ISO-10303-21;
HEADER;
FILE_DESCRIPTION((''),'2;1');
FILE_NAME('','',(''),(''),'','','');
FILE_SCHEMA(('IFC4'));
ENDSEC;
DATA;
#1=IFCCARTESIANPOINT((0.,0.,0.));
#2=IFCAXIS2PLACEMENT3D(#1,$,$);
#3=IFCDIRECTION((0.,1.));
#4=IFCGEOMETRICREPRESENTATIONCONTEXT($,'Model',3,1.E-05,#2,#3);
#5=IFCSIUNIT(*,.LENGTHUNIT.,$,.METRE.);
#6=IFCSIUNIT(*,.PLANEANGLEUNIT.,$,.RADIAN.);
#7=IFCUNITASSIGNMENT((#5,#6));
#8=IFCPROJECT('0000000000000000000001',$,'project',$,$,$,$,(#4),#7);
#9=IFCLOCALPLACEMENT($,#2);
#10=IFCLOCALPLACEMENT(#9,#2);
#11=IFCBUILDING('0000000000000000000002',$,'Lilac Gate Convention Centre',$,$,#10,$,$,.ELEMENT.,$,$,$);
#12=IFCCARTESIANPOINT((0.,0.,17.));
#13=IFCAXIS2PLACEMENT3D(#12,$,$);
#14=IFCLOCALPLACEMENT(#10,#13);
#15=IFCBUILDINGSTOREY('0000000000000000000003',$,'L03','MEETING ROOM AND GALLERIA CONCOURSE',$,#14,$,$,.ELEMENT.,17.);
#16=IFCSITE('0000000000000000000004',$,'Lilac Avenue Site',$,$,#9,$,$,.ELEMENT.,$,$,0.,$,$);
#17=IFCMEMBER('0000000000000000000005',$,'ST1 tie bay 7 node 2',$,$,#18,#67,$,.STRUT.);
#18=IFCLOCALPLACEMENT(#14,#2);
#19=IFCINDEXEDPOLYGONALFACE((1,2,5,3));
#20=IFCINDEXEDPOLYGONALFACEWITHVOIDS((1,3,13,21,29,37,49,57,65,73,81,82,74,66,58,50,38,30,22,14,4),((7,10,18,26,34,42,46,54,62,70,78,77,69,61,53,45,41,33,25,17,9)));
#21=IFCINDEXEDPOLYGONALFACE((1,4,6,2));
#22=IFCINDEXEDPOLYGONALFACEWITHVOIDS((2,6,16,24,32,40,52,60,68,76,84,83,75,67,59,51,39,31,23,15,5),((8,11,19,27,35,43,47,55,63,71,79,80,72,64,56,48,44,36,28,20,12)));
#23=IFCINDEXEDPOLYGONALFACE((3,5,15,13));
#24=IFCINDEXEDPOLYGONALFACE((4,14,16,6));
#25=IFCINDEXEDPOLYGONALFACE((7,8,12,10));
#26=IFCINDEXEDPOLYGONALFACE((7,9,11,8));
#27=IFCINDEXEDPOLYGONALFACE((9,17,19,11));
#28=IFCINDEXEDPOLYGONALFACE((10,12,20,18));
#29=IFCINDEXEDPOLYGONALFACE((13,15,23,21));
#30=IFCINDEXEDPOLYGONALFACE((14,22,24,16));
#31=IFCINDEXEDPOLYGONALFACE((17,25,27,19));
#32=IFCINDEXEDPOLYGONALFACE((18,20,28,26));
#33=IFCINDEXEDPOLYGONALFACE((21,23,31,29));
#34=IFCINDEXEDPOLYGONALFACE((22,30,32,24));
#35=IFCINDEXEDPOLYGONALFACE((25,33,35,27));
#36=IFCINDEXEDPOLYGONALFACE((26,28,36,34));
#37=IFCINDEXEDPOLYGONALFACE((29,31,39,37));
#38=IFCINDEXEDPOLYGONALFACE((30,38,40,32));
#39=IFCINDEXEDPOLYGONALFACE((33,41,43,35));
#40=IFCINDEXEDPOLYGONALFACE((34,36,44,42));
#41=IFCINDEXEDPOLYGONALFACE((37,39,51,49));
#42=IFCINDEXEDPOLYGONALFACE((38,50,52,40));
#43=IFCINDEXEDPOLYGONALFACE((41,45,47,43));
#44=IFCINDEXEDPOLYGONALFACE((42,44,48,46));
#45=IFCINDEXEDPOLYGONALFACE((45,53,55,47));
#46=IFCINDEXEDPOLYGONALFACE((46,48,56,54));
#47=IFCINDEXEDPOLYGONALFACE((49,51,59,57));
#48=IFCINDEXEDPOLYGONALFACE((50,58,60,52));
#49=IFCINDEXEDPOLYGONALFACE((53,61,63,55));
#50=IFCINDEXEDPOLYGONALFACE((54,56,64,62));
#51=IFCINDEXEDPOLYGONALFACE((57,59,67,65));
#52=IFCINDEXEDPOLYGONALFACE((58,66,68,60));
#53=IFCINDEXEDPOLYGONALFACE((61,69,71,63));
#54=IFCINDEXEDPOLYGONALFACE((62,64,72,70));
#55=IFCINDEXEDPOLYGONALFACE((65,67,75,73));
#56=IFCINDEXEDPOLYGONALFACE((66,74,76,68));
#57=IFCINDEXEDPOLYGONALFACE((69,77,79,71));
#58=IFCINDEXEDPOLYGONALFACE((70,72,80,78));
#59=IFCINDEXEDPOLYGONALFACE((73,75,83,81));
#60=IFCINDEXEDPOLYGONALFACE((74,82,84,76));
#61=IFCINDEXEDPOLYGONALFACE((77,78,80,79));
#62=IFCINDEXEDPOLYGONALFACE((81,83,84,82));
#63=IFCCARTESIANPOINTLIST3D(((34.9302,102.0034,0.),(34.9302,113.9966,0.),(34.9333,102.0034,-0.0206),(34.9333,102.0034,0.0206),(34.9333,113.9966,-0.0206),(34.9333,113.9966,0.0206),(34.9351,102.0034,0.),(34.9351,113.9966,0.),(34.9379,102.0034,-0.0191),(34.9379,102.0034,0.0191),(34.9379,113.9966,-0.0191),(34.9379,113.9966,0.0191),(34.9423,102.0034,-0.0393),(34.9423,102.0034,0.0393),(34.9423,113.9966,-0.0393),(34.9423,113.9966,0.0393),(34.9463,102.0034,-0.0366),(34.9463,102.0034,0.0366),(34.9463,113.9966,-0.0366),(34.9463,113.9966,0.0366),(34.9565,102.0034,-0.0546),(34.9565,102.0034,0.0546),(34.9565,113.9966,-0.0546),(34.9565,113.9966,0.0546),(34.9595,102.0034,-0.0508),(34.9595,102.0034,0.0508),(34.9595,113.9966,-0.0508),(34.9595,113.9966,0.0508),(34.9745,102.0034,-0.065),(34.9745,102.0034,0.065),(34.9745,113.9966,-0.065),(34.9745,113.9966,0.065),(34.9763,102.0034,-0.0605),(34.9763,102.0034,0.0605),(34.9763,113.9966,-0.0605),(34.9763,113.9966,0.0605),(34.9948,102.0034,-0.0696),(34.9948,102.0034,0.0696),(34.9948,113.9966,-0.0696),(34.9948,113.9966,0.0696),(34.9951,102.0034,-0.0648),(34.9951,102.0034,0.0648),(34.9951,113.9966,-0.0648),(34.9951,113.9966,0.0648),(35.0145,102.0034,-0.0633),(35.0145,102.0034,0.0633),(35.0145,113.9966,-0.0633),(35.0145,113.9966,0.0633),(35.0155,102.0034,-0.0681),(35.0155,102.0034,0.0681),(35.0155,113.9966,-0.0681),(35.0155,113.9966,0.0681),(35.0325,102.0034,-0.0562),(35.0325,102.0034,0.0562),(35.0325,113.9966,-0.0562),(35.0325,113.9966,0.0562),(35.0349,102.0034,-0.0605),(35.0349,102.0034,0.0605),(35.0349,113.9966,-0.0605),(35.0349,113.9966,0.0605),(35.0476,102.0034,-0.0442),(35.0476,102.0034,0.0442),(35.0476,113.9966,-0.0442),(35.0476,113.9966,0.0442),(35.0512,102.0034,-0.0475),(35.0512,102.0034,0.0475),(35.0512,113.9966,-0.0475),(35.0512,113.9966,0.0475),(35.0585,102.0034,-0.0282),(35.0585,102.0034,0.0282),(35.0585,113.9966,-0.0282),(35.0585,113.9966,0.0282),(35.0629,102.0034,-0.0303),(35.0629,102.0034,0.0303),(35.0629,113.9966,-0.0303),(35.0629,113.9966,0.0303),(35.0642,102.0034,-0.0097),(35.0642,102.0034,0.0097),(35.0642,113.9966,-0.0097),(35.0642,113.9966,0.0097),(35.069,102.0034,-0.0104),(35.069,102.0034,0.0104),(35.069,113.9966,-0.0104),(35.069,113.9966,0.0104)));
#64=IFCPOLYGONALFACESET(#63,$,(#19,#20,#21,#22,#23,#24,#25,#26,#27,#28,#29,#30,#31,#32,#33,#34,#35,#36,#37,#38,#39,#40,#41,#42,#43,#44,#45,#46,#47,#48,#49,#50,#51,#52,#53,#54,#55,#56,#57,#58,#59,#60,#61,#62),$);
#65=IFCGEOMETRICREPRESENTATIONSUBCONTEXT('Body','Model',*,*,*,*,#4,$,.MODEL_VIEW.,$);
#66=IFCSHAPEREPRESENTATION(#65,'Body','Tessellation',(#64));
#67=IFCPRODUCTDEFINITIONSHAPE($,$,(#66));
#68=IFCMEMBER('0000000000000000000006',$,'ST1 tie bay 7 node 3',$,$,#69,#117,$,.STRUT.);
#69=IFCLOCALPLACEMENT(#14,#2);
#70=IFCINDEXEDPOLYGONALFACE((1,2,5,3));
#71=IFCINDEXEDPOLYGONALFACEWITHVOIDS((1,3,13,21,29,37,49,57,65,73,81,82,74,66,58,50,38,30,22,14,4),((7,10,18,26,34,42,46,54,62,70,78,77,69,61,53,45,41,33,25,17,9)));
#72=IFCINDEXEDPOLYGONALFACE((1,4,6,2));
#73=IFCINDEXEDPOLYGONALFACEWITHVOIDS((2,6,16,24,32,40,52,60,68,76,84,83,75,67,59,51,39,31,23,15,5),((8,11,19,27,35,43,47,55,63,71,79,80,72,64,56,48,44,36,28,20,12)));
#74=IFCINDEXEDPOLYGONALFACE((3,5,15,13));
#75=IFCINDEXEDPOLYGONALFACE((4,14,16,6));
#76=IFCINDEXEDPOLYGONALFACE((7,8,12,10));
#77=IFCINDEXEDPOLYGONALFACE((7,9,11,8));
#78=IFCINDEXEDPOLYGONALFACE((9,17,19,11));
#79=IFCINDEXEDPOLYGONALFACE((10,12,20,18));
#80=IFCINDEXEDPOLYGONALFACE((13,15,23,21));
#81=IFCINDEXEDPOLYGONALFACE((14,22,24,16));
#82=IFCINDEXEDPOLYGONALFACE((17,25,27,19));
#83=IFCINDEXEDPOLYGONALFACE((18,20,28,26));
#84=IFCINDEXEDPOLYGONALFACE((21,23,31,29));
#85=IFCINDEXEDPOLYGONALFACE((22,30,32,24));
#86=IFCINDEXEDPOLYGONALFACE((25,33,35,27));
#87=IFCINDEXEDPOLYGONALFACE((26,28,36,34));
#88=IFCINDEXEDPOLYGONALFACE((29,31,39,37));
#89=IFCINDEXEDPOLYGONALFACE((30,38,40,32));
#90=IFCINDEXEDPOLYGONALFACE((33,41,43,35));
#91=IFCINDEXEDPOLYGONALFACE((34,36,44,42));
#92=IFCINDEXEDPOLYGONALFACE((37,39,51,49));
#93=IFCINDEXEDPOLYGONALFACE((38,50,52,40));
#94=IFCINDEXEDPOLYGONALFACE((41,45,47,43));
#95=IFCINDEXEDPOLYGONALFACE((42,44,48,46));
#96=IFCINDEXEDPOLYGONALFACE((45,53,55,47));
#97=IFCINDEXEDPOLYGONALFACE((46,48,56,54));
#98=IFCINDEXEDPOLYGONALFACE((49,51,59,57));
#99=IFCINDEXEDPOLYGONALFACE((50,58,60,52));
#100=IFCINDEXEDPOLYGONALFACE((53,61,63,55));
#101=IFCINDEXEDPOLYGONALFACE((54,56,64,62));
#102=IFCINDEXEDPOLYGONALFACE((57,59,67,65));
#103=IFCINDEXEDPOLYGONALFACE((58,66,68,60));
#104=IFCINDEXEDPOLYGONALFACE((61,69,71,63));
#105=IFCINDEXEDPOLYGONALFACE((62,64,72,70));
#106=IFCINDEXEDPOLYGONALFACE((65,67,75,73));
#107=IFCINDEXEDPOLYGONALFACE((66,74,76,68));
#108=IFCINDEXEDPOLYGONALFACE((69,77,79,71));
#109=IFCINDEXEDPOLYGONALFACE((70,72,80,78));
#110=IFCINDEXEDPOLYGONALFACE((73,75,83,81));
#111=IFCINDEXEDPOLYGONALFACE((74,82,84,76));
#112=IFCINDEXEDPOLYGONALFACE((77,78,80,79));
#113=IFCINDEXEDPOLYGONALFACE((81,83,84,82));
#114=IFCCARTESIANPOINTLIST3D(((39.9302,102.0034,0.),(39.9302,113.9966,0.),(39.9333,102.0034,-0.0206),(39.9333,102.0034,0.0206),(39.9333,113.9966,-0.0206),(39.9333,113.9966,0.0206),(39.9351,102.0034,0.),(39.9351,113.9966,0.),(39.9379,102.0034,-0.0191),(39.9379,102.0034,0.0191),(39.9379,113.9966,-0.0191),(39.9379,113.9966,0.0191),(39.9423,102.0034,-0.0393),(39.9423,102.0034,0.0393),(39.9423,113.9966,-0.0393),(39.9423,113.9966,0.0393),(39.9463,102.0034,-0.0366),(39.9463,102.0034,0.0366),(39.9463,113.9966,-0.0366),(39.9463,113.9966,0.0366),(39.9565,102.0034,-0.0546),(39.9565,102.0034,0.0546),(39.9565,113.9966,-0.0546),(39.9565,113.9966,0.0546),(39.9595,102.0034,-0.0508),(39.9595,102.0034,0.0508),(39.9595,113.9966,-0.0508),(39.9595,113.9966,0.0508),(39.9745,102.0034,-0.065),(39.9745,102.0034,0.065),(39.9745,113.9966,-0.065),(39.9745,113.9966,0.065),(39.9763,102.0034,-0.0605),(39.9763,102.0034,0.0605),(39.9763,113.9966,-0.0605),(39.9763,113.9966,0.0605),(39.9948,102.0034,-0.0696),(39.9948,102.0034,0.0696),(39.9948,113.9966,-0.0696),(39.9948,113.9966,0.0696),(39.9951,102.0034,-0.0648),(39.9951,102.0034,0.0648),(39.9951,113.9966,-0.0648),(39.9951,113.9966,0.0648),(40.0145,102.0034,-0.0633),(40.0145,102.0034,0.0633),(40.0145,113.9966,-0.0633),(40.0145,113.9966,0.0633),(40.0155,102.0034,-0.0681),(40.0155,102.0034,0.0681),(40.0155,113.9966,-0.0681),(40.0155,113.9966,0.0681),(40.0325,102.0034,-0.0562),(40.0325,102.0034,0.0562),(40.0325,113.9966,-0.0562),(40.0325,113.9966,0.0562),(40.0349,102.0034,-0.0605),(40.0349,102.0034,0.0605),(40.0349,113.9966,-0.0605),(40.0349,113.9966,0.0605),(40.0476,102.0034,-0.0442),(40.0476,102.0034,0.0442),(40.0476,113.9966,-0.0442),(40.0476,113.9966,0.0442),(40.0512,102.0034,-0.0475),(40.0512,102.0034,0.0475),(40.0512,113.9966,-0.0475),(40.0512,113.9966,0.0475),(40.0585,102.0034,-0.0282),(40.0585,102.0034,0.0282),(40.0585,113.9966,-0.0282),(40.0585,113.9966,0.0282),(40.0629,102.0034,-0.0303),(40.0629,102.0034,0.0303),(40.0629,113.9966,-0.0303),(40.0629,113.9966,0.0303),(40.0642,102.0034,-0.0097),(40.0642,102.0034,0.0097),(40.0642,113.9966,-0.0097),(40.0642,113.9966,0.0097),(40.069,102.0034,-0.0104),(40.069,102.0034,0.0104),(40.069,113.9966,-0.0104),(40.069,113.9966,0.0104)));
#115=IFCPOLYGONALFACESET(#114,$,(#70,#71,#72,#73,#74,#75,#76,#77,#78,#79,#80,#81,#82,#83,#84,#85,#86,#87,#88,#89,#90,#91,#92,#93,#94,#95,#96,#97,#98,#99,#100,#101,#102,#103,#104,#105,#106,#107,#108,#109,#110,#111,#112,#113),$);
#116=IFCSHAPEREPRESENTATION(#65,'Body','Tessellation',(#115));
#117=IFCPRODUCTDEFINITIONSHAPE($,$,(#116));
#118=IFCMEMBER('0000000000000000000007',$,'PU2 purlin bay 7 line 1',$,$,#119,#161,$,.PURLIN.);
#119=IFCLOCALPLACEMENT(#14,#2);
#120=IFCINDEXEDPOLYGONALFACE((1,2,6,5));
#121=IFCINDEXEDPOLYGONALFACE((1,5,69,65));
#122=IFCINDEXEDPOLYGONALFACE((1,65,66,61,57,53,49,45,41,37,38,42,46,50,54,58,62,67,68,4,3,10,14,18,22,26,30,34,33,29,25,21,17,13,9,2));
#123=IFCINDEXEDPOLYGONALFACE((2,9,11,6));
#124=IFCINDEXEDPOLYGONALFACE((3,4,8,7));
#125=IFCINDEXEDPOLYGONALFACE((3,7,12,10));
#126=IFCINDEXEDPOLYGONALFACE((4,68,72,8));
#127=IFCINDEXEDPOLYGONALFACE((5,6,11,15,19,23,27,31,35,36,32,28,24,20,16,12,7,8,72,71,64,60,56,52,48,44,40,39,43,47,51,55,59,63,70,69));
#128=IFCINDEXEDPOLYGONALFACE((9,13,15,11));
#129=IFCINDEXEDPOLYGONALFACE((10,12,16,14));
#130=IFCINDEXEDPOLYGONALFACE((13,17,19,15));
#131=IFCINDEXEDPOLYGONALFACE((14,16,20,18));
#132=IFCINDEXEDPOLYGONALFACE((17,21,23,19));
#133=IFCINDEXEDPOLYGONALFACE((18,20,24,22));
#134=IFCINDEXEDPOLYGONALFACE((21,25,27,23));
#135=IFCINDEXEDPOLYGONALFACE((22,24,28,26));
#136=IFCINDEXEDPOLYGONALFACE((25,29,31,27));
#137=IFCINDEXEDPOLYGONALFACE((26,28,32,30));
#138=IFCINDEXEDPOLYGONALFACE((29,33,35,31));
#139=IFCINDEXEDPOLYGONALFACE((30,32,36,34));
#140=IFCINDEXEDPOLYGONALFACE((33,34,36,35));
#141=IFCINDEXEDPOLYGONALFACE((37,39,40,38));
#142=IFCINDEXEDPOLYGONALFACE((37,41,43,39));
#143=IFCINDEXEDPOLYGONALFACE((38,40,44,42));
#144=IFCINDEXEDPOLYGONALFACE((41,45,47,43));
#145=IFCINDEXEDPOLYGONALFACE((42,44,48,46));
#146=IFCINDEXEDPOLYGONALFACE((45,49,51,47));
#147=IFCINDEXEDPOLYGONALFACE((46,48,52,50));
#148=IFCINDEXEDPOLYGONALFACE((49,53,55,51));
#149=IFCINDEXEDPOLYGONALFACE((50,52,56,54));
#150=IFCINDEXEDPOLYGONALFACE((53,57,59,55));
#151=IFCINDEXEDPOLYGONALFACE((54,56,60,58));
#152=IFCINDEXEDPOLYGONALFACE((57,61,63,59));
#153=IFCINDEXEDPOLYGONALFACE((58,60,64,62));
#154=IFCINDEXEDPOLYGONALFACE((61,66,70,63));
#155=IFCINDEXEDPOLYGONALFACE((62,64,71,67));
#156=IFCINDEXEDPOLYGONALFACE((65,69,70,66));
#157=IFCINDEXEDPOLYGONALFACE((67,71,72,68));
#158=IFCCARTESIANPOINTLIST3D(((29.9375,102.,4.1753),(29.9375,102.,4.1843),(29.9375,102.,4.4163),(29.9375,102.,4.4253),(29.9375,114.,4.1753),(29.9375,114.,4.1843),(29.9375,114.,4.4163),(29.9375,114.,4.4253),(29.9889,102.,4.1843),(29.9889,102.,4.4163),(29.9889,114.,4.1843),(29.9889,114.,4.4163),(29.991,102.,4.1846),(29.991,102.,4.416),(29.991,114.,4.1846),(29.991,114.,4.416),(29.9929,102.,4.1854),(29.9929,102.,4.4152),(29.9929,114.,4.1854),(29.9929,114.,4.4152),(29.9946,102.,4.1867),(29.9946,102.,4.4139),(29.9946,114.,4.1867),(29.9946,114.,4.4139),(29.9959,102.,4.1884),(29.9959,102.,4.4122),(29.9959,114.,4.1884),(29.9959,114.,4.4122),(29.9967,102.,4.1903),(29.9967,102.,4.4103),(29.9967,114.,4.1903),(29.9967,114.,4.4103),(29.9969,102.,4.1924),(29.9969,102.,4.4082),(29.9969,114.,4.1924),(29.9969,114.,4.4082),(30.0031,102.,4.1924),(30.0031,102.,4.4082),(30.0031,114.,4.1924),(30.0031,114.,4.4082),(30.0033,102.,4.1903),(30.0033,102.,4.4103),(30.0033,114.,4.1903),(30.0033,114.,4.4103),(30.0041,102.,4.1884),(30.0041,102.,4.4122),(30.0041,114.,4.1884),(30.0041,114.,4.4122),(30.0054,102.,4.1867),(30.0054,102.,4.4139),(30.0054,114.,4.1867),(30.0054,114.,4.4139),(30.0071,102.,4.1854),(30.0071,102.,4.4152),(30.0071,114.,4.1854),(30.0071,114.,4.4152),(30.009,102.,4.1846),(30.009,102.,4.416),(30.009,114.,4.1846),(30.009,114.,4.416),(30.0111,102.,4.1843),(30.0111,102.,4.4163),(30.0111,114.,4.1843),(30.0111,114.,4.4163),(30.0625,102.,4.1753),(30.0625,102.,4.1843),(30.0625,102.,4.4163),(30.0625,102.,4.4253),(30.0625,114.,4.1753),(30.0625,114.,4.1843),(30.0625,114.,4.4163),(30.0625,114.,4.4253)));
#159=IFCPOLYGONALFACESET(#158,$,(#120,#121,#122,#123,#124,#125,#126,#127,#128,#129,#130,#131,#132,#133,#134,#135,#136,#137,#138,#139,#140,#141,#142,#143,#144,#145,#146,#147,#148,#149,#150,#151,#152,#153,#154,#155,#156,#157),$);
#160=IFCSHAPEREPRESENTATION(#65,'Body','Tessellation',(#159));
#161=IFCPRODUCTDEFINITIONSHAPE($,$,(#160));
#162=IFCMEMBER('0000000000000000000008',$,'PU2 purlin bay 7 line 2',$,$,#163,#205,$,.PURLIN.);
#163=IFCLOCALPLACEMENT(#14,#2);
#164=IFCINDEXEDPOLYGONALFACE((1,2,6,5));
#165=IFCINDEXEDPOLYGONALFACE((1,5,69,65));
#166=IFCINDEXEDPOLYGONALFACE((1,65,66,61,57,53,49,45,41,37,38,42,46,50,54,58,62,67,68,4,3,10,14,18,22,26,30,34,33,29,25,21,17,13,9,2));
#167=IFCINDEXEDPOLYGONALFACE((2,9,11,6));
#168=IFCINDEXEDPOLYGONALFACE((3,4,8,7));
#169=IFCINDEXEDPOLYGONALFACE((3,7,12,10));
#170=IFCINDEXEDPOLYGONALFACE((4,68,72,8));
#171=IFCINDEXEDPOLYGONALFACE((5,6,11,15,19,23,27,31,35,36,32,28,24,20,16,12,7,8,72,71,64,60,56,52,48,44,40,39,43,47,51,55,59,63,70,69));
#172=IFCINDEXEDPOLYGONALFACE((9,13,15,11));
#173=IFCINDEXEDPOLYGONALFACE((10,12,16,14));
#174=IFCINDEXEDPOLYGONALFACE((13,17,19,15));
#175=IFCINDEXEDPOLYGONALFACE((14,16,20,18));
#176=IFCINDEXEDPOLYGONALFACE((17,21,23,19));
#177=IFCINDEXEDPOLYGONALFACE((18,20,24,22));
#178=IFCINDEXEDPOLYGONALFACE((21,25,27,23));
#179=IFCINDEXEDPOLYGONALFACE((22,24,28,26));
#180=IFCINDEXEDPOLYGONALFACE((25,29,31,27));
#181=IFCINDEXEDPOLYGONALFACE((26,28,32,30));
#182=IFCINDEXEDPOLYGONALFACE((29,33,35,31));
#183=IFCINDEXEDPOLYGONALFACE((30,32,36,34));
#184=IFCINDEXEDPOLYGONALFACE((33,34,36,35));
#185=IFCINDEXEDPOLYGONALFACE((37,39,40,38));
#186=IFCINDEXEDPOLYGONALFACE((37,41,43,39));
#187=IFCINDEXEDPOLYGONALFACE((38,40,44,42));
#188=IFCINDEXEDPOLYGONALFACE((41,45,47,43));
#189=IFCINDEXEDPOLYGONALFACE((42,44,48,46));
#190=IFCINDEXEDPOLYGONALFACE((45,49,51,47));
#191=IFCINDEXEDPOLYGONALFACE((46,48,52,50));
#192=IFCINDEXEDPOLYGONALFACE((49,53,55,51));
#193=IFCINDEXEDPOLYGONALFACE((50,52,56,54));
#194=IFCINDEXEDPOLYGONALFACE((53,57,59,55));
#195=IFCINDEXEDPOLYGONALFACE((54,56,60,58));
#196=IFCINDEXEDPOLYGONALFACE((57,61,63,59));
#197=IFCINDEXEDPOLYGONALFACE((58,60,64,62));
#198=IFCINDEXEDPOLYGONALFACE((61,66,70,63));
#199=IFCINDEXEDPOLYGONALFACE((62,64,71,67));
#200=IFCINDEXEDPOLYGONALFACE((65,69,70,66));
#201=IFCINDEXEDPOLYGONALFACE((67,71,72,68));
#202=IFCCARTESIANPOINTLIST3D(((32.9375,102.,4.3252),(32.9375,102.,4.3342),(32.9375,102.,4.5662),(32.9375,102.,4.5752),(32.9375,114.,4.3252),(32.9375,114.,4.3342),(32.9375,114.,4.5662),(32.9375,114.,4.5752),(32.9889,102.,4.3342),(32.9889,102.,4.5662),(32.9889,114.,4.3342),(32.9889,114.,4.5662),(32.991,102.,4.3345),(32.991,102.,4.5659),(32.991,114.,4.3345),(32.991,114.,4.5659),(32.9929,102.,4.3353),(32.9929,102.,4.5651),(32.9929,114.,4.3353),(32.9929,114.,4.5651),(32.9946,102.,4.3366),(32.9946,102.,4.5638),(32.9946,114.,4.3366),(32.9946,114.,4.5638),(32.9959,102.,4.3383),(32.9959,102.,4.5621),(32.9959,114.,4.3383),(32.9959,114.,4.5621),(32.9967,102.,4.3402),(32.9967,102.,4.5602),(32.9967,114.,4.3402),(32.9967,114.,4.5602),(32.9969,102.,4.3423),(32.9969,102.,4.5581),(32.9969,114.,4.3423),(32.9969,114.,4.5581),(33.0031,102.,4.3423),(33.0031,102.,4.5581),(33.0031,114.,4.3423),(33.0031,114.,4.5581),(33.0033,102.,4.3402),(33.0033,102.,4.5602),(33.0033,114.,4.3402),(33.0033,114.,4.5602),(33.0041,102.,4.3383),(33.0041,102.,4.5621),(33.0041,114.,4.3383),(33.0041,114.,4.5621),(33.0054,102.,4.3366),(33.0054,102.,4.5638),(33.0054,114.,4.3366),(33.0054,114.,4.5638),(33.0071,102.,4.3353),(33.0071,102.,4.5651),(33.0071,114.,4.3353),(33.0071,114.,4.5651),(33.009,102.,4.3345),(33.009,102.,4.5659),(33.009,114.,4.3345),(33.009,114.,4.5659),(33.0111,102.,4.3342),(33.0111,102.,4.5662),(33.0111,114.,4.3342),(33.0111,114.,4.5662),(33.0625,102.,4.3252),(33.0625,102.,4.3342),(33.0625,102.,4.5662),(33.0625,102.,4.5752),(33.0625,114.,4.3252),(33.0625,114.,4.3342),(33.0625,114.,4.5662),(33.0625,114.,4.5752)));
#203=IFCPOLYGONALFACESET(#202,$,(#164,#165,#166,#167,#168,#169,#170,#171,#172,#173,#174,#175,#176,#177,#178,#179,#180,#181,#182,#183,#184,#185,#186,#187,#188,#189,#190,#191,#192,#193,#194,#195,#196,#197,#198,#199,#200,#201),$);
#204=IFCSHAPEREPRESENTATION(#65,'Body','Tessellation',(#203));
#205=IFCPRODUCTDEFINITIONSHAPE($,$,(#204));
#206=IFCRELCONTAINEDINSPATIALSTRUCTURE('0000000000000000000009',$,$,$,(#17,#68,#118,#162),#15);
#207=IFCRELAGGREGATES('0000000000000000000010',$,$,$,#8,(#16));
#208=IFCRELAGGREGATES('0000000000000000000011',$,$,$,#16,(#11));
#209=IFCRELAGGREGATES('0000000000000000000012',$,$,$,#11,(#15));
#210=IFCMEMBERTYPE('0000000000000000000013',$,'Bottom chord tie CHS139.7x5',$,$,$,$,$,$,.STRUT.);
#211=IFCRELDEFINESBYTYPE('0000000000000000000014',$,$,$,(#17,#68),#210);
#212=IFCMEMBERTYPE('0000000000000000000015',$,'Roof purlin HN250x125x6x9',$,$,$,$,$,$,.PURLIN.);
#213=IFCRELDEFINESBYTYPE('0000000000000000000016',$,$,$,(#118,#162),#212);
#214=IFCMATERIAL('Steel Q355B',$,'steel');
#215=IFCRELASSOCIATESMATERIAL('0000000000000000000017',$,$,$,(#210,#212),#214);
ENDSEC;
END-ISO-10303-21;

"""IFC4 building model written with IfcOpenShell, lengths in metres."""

from ifc_helpers import new_model, si_unit, direction, frame, origin, origin_2d, place, context, subcontext, project, spatial, hollow_circle, i_section, extrude, material, material_profile, profile_set, type_object, element, save


model = new_model("IFC4")

# Units and contexts
model_context = context("Model", 3, precision=1e-05, world=origin(), true_north=direction((0.0, 1.0)))
body_context = subcontext(model_context, "Body", "Model", "MODEL_VIEW")
ifc_project = project(units=[si_unit("LENGTHUNIT", "METRE"), si_unit("PLANEANGLEUNIT", "RADIAN")], contexts=[model_context])

# Site, building, storey
site_placement = place(None, origin())
site = spatial("IfcSite", under=ifc_project, at=site_placement, Name="Lilac Avenue Site", CompositionType="ELEMENT", RefElevation=0.0)
building_placement = place(site_placement, origin())
building = spatial("IfcBuilding", under=site, at=building_placement, Name="Lilac Gate Convention Centre", CompositionType="ELEMENT")
storey_placement = place(building_placement, frame((0.0, 0.0, 17.0)))
storey = spatial("IfcBuildingStorey", under=building, at=storey_placement, Name="L03", Description="MEETING ROOM AND GALLERIA CONCOURSE", CompositionType="ELEMENT", Elevation=17.0)

# Members
ifc_material = material(Name="Steel Q355B", Category="steel")
ifc_material_profile_1 = material_profile(ifc_material, hollow_circle(Radius=0.0698, WallThickness=0.0049, at=origin_2d()), Name="CHS139.7x5")
ifc_profile_set_1 = profile_set([ifc_material_profile_1], Name="Steel Q355B")
member_type_1 = type_object("IfcMemberType", Name="Bottom chord tie CHS139.7x5", PredefinedType="STRUT", material=ifc_profile_set_1)
for number, where, z_axis, x_axis, name in (
    (1, (35.0, 102.0034, 0.0), (0.0, 1.0, 0.0), (-1.0, 0.0, 0.0), "ST1 tie bay 7 node 2"),
    (2, (40.0, 102.0034, 0.0), (0.0, 1.0, 0.0), (-1.0, 0.0, 0.0), "ST1 tie bay 7 node 3"),
):
    element("IfcMember", number, at=place(storey_placement, frame(where, z_axis=z_axis, x_axis=x_axis)), inside=storey, type_object=member_type_1, Name=name, PredefinedType="STRUT", context=body_context, shape_type="SweptSolid", body=[
        extrude(hollow_circle(Radius=0.0698, WallThickness=0.0049, at=origin_2d()), origin(), (0.0, 0.0, 1.0), 11.9932),
    ])
ifc_material_profile_2 = material_profile(ifc_material, i_section(OverallWidth=0.125, OverallDepth=0.25, WebThickness=0.0061, FlangeThickness=0.009, FilletRadius=0.0081, at=origin_2d()), Name="HN250x125x6x9")
ifc_profile_set_2 = profile_set([ifc_material_profile_2], Name="Steel Q355B")
member_type_2 = type_object("IfcMemberType", Name="Roof purlin HN250x125x6x9", PredefinedType="PURLIN", material=ifc_profile_set_2)
for number, where, z_axis, x_axis, name in (
    (3, (30.0, 102.0, 4.3003), (0.0, 1.0, 0.0), (-1.0, 0.0, 0.0), "PU2 purlin bay 7 line 1"),
    (4, (33.0, 102.0, 4.4502), (0.0, 1.0, 0.0), (-1.0, 0.0, 0.0), "PU2 purlin bay 7 line 2"),
):
    element("IfcMember", number, at=place(storey_placement, frame(where, z_axis=z_axis, x_axis=x_axis)), inside=storey, type_object=member_type_2, Name=name, PredefinedType="PURLIN", context=body_context, shape_type="SweptSolid", body=[
        extrude(i_section(OverallWidth=0.125, OverallDepth=0.25, WebThickness=0.0061, FlangeThickness=0.009, FilletRadius=0.0081, at=origin_2d()), origin(), (0.0, 0.0, 1.0), 12.0),
    ])

save(model, "model.ifc")
